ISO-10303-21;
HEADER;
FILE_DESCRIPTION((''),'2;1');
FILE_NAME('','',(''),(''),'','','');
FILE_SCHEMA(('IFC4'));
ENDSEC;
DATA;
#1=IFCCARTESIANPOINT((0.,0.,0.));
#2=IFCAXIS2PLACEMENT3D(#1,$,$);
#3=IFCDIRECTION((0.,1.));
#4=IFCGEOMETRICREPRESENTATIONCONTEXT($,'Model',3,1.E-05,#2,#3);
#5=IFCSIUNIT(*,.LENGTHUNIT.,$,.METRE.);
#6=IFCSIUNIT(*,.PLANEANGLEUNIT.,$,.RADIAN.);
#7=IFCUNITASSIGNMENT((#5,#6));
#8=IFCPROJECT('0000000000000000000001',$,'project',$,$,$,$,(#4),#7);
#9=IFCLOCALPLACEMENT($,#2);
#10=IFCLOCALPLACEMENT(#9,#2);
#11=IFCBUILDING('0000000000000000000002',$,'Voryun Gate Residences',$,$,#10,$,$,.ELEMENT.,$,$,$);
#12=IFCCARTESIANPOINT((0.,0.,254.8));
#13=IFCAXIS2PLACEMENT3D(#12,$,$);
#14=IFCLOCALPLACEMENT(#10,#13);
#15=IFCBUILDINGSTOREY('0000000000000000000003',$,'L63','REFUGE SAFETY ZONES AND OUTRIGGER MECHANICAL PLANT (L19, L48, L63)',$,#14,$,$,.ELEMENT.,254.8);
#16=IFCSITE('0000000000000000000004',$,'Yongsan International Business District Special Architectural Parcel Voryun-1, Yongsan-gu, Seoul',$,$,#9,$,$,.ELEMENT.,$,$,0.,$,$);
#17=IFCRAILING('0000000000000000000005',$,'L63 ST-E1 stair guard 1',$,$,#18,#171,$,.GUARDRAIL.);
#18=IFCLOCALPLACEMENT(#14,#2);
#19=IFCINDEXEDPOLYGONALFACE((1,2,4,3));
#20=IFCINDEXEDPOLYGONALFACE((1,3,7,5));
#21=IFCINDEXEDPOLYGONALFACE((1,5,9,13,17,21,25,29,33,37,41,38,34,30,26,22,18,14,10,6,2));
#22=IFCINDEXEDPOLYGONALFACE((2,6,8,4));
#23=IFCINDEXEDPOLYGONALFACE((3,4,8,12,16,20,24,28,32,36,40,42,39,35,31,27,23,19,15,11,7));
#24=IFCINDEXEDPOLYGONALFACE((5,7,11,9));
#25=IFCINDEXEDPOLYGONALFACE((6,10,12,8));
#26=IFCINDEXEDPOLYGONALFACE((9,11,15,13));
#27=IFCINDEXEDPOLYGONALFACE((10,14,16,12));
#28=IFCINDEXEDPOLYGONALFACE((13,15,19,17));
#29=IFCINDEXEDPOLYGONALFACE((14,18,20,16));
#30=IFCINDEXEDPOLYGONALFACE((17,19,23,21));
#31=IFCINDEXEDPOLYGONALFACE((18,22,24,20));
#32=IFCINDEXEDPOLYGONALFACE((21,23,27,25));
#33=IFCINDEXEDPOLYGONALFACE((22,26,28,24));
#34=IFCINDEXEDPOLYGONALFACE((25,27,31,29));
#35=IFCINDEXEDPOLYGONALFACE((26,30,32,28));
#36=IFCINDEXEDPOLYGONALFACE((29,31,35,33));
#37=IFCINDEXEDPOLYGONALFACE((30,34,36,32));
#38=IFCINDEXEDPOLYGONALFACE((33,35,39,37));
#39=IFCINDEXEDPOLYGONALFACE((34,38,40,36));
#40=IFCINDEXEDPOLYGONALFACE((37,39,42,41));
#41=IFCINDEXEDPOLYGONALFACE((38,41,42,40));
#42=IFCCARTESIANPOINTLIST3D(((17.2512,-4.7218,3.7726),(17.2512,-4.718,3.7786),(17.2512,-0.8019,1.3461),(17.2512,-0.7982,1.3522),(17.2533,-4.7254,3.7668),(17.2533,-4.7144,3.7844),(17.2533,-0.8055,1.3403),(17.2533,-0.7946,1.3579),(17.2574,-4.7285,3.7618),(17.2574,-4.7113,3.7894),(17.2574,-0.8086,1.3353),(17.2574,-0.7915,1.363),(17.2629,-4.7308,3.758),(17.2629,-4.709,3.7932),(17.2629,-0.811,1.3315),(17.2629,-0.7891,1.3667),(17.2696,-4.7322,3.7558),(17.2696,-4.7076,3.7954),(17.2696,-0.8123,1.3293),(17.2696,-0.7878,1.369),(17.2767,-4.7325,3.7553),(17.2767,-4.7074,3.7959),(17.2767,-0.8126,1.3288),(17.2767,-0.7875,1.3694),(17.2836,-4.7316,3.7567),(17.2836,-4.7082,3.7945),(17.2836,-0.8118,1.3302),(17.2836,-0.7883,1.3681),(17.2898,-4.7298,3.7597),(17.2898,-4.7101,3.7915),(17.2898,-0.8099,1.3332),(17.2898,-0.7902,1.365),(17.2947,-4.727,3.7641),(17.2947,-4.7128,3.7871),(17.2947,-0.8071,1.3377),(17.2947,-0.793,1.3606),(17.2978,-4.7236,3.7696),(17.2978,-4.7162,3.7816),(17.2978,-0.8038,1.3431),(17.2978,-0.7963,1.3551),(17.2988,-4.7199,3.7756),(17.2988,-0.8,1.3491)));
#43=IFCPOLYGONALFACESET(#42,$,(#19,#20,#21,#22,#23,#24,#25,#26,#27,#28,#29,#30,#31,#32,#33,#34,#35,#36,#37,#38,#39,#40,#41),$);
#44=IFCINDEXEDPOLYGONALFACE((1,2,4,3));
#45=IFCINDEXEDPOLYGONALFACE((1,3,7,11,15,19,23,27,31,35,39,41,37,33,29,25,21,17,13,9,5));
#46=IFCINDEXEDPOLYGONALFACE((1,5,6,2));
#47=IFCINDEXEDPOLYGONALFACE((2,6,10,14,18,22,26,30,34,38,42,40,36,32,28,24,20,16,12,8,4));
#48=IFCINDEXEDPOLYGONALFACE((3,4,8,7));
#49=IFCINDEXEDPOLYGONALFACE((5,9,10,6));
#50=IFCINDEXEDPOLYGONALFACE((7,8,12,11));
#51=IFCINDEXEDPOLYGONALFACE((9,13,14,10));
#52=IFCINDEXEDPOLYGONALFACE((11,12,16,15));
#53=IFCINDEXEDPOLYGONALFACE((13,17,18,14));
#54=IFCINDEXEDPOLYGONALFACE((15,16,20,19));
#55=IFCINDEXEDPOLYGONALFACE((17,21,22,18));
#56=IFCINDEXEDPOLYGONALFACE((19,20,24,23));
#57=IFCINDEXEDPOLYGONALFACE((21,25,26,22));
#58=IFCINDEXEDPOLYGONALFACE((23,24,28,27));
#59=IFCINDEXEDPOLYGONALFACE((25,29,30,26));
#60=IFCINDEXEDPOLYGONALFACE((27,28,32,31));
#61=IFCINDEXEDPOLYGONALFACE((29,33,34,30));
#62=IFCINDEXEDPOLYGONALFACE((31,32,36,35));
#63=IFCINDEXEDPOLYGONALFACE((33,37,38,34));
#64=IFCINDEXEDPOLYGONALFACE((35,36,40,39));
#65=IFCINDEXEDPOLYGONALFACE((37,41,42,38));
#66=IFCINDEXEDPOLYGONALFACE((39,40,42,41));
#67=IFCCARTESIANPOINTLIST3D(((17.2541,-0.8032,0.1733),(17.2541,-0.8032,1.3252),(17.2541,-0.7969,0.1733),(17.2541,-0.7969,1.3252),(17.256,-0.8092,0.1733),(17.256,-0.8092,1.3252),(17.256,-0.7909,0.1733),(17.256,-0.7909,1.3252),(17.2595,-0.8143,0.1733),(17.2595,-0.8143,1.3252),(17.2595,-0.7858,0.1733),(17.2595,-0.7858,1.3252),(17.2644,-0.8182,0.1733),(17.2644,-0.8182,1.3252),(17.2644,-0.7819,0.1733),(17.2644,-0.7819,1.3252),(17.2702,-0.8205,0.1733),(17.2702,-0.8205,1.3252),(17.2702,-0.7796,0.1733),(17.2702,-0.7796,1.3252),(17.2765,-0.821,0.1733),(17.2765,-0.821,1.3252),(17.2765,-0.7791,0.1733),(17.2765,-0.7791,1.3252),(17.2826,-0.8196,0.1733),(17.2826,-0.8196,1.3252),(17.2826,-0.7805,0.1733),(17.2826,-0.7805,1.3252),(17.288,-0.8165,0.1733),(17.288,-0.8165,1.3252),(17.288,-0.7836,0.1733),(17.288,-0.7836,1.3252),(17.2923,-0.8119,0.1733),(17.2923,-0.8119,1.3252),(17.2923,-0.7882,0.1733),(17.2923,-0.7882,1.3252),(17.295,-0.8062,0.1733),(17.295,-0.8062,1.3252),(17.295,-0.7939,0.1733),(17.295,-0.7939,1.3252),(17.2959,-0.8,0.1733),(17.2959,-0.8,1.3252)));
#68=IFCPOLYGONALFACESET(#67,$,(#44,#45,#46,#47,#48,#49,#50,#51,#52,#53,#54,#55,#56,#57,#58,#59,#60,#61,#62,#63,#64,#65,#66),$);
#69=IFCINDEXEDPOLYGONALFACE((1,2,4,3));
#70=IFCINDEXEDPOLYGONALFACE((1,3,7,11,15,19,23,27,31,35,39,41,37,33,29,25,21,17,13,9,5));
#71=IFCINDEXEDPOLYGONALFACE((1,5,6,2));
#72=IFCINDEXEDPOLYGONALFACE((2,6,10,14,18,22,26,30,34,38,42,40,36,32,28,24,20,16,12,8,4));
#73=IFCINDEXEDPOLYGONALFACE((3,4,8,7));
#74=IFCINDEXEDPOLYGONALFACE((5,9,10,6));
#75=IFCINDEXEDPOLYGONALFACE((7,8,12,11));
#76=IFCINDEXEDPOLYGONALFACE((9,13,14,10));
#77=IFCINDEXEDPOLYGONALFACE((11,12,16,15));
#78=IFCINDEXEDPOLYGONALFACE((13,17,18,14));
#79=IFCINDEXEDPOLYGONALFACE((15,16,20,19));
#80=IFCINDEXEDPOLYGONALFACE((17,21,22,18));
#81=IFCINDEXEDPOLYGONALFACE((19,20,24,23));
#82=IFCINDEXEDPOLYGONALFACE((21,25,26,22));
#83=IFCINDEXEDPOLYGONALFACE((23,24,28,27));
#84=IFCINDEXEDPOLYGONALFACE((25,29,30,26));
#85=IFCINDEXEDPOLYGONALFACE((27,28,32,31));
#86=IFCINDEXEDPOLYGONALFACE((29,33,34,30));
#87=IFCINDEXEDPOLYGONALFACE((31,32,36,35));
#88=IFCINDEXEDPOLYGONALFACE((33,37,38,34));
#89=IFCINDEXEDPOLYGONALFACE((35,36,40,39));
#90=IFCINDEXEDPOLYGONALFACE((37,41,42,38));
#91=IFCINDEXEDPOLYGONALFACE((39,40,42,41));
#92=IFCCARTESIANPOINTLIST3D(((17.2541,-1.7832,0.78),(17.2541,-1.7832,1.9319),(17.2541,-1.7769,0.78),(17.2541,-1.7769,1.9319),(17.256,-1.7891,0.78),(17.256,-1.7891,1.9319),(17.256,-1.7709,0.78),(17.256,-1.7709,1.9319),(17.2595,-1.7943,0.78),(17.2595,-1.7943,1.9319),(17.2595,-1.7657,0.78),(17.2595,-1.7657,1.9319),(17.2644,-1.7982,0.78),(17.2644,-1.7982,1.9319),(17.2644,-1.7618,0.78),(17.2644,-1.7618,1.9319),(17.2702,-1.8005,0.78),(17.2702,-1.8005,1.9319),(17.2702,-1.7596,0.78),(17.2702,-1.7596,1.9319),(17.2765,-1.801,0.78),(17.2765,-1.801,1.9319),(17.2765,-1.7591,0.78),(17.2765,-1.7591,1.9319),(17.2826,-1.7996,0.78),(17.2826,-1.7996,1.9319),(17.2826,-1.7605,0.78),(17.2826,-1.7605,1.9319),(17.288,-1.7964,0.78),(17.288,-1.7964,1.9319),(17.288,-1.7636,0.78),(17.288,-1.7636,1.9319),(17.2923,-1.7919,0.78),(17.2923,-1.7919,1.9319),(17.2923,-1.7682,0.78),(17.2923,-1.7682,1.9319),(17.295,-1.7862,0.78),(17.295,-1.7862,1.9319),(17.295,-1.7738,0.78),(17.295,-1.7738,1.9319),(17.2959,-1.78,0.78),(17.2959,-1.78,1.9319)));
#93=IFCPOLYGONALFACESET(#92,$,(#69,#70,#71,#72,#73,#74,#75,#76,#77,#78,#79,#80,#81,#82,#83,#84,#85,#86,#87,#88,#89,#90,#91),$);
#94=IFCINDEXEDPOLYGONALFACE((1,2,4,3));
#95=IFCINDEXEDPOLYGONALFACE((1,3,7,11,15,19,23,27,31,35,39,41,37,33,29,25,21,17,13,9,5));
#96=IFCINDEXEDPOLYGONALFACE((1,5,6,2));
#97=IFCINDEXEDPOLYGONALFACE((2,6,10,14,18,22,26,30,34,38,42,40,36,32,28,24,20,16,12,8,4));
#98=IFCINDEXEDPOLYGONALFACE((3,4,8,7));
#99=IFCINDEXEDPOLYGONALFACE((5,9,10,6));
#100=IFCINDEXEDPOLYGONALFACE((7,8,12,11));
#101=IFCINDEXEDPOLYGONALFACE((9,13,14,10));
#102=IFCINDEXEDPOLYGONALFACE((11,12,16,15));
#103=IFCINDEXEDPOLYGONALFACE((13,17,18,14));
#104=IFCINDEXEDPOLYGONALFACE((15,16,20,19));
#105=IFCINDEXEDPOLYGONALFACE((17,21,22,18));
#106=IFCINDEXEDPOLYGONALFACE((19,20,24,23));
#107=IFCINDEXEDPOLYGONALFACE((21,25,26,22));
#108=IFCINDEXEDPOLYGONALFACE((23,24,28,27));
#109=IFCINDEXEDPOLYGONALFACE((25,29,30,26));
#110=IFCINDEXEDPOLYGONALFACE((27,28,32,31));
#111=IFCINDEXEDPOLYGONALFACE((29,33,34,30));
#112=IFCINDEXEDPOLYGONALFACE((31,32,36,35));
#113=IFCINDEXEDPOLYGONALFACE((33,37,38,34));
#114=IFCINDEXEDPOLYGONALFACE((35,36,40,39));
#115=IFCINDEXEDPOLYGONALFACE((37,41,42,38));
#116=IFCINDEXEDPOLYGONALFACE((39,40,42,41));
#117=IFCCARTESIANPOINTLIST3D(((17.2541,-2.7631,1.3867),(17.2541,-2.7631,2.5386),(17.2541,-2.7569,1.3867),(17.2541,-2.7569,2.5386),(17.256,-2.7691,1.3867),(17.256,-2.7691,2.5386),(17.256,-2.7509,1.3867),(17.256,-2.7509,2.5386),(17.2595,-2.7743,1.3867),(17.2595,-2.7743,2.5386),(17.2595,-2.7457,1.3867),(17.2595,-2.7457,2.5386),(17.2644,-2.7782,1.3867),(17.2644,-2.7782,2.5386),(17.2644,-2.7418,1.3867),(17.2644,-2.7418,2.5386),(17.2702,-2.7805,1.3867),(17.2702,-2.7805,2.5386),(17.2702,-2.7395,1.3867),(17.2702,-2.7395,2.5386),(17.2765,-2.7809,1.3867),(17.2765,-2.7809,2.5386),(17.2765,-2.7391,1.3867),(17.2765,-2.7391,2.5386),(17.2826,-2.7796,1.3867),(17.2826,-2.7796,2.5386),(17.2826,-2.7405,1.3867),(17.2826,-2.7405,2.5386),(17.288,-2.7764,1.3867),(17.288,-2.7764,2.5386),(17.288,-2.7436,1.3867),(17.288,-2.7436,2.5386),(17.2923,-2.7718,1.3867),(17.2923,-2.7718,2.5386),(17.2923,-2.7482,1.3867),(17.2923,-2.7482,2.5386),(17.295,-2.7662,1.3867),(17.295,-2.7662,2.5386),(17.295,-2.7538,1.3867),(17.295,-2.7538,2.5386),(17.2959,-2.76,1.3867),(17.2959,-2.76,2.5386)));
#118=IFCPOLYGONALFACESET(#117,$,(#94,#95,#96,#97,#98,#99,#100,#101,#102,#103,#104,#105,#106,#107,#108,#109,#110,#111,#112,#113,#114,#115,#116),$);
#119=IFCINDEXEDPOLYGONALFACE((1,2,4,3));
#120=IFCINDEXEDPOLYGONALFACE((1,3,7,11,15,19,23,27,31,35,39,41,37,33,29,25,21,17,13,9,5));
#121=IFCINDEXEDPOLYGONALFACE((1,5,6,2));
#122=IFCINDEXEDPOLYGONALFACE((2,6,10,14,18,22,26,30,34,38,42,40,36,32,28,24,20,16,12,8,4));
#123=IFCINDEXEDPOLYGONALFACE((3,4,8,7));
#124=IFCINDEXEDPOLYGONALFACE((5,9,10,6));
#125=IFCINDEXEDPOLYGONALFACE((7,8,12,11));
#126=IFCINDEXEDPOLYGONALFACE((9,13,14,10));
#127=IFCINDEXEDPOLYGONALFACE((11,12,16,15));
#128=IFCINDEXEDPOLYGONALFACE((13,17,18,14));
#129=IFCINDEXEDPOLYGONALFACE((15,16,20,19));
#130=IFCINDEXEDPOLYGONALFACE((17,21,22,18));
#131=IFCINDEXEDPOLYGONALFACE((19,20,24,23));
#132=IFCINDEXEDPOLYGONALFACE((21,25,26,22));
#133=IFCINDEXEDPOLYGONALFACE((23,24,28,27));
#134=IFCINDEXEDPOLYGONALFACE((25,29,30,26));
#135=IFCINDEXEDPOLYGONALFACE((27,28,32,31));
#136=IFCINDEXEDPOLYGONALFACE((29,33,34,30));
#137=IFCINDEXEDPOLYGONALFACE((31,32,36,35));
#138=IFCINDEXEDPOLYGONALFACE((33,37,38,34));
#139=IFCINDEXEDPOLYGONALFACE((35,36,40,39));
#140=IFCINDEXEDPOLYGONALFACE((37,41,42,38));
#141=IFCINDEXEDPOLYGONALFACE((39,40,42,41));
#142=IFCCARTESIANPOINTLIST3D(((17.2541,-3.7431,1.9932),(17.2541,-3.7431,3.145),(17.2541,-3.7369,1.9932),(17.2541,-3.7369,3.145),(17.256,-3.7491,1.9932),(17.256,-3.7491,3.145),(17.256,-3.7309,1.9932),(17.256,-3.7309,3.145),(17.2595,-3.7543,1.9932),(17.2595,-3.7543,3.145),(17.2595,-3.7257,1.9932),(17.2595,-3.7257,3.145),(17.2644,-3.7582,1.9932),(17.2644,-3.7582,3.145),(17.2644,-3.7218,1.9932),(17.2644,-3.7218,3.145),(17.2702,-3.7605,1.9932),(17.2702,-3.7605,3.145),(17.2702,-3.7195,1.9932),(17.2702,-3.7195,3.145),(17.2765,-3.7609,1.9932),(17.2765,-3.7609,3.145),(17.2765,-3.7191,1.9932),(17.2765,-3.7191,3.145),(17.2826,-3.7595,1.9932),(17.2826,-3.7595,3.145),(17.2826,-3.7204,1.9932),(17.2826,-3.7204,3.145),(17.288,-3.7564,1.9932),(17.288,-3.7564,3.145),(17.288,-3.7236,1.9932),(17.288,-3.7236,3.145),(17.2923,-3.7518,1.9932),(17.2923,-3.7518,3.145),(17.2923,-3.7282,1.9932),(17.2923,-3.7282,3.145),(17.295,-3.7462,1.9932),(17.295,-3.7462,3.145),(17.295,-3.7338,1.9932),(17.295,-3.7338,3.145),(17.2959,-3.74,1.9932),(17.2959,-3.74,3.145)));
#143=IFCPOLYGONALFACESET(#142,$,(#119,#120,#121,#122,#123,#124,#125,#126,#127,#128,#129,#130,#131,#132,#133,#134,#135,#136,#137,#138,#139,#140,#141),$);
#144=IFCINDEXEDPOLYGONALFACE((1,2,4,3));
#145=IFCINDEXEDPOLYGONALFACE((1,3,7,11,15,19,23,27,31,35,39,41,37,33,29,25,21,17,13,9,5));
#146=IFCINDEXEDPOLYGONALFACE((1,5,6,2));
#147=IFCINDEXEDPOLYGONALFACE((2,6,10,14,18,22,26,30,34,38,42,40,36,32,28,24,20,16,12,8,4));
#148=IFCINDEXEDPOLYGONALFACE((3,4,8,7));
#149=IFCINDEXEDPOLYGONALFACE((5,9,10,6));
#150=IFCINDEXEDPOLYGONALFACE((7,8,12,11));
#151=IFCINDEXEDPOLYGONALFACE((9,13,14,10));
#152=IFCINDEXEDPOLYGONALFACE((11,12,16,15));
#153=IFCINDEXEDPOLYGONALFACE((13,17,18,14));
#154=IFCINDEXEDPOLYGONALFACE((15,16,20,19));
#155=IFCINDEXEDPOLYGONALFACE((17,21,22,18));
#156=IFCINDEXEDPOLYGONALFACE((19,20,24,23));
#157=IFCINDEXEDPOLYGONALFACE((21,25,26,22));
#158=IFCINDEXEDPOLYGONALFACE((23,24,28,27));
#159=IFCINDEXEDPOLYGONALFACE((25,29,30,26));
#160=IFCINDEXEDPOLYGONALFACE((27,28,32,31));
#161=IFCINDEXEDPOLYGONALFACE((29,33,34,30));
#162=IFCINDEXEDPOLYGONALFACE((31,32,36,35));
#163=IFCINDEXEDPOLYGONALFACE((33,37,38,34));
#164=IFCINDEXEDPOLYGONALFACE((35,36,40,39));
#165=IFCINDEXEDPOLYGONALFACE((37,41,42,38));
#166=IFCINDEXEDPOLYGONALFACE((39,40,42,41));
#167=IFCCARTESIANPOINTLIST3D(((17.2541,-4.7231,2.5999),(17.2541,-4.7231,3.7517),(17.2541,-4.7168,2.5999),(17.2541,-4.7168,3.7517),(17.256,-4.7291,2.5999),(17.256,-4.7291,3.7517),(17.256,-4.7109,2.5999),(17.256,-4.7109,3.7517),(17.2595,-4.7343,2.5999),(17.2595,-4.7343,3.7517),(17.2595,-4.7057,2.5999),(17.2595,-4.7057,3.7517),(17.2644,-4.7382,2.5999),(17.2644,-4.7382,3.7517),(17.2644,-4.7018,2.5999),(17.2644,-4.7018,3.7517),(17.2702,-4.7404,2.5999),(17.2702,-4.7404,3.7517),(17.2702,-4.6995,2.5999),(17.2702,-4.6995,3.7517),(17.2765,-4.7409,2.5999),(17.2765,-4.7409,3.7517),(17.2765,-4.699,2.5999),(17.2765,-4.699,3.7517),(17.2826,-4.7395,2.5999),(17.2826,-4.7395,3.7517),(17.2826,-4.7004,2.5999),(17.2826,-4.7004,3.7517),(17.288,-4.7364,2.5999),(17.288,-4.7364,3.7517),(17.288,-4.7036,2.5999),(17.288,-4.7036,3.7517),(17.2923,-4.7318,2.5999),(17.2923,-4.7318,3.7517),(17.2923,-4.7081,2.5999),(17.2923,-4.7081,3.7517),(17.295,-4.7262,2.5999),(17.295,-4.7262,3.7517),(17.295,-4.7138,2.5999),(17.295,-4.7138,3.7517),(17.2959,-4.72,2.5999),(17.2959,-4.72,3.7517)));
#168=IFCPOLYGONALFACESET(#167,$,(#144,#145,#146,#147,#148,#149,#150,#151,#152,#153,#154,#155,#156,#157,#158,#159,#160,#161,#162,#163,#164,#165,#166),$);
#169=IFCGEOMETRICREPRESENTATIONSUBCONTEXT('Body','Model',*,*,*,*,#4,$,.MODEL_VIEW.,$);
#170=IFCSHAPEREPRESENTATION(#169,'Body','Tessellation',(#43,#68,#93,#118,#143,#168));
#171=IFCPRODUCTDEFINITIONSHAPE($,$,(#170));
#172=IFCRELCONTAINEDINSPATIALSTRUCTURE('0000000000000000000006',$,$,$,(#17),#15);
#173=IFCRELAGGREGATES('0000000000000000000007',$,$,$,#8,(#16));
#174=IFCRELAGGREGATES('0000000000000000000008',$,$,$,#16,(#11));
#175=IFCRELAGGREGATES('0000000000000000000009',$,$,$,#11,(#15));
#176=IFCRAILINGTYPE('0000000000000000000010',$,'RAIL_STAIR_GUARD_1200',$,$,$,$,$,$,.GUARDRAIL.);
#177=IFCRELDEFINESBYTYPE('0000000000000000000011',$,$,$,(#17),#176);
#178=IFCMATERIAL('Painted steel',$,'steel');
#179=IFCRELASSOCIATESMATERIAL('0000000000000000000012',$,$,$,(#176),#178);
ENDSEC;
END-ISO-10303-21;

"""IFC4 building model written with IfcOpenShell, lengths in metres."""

from ifc_helpers import new_model, si_unit, direction, frame, origin, origin_2d, place, context, subcontext, project, spatial, circle, extrude, material, type_object, element, save


model = new_model("IFC4")

# Units and contexts
model_context = context("Model", 3, precision=1e-05, world=origin(), true_north=direction((0.0, 1.0)))
body_context = subcontext(model_context, "Body", "Model", "MODEL_VIEW")
ifc_project = project(units=[si_unit("LENGTHUNIT", "METRE"), si_unit("PLANEANGLEUNIT", "RADIAN")], contexts=[model_context])

# Site, building, storey
site_placement = place(None, origin())
site = spatial("IfcSite", under=ifc_project, at=site_placement, Name="Yongsan International Business District Special Architectural Parcel Voryun-1, Yongsan-gu, Seoul", CompositionType="ELEMENT", RefElevation=0.0)
building_placement = place(site_placement, origin())
building = spatial("IfcBuilding", under=site, at=building_placement, Name="Voryun Gate Residences", CompositionType="ELEMENT")
storey_placement = place(building_placement, frame((0.0, 0.0, 254.8)))
storey = spatial("IfcBuildingStorey", under=building, at=storey_placement, Name="L63", Description="REFUGE SAFETY ZONES AND OUTRIGGER MECHANICAL PLANT (L19, L48, L63)", CompositionType="ELEMENT", Elevation=254.8)

# Railing
ifc_material_1 = material(Name="Painted steel", Category="steel")
railing_type_1 = type_object("IfcRailingType", Name="RAIL_STAIR_GUARD_1200", PredefinedType="GUARDRAIL", material=ifc_material_1)
railing_1_placement = place(storey_placement, frame((17.2749, -0.8, 0.1733)))
element("IfcRailing", 1, at=railing_1_placement, inside=storey, type_object=railing_type_1, Name="L63 ST-E1 stair guard 1", PredefinedType="GUARDRAIL", context=body_context, shape_type="SweptSolid", body=[
    extrude(circle(Radius=0.0239, at=origin_2d()), frame((0.0, 0.0, 1.1758), z_axis=(0.0, -0.850275, 0.526338), x_axis=(1.0, 0.0, 0.0)), (0.0, 0.0, 1.0), 4.6101),
    extrude(circle(Radius=0.021, at=origin_2d()), origin(), (0.0, 0.0, 1.0), 1.1519),
    extrude(circle(Radius=0.021, at=origin_2d()), frame((0.0, -0.98, 0.6067)), (0.0, 0.0, 1.0), 1.1519),
    extrude(circle(Radius=0.021, at=origin_2d()), frame((0.0, -1.96, 1.2134)), (0.0, 0.0, 1.0), 1.1519),
    extrude(circle(Radius=0.021, at=origin_2d()), frame((0.0, -2.9399, 1.8198)), (0.0, 0.0, 1.0), 1.1519),
    extrude(circle(Radius=0.021, at=origin_2d()), frame((0.0, -3.9199, 2.4265)), (0.0, 0.0, 1.0), 1.1519),
])

save(model, "model.ifc")
